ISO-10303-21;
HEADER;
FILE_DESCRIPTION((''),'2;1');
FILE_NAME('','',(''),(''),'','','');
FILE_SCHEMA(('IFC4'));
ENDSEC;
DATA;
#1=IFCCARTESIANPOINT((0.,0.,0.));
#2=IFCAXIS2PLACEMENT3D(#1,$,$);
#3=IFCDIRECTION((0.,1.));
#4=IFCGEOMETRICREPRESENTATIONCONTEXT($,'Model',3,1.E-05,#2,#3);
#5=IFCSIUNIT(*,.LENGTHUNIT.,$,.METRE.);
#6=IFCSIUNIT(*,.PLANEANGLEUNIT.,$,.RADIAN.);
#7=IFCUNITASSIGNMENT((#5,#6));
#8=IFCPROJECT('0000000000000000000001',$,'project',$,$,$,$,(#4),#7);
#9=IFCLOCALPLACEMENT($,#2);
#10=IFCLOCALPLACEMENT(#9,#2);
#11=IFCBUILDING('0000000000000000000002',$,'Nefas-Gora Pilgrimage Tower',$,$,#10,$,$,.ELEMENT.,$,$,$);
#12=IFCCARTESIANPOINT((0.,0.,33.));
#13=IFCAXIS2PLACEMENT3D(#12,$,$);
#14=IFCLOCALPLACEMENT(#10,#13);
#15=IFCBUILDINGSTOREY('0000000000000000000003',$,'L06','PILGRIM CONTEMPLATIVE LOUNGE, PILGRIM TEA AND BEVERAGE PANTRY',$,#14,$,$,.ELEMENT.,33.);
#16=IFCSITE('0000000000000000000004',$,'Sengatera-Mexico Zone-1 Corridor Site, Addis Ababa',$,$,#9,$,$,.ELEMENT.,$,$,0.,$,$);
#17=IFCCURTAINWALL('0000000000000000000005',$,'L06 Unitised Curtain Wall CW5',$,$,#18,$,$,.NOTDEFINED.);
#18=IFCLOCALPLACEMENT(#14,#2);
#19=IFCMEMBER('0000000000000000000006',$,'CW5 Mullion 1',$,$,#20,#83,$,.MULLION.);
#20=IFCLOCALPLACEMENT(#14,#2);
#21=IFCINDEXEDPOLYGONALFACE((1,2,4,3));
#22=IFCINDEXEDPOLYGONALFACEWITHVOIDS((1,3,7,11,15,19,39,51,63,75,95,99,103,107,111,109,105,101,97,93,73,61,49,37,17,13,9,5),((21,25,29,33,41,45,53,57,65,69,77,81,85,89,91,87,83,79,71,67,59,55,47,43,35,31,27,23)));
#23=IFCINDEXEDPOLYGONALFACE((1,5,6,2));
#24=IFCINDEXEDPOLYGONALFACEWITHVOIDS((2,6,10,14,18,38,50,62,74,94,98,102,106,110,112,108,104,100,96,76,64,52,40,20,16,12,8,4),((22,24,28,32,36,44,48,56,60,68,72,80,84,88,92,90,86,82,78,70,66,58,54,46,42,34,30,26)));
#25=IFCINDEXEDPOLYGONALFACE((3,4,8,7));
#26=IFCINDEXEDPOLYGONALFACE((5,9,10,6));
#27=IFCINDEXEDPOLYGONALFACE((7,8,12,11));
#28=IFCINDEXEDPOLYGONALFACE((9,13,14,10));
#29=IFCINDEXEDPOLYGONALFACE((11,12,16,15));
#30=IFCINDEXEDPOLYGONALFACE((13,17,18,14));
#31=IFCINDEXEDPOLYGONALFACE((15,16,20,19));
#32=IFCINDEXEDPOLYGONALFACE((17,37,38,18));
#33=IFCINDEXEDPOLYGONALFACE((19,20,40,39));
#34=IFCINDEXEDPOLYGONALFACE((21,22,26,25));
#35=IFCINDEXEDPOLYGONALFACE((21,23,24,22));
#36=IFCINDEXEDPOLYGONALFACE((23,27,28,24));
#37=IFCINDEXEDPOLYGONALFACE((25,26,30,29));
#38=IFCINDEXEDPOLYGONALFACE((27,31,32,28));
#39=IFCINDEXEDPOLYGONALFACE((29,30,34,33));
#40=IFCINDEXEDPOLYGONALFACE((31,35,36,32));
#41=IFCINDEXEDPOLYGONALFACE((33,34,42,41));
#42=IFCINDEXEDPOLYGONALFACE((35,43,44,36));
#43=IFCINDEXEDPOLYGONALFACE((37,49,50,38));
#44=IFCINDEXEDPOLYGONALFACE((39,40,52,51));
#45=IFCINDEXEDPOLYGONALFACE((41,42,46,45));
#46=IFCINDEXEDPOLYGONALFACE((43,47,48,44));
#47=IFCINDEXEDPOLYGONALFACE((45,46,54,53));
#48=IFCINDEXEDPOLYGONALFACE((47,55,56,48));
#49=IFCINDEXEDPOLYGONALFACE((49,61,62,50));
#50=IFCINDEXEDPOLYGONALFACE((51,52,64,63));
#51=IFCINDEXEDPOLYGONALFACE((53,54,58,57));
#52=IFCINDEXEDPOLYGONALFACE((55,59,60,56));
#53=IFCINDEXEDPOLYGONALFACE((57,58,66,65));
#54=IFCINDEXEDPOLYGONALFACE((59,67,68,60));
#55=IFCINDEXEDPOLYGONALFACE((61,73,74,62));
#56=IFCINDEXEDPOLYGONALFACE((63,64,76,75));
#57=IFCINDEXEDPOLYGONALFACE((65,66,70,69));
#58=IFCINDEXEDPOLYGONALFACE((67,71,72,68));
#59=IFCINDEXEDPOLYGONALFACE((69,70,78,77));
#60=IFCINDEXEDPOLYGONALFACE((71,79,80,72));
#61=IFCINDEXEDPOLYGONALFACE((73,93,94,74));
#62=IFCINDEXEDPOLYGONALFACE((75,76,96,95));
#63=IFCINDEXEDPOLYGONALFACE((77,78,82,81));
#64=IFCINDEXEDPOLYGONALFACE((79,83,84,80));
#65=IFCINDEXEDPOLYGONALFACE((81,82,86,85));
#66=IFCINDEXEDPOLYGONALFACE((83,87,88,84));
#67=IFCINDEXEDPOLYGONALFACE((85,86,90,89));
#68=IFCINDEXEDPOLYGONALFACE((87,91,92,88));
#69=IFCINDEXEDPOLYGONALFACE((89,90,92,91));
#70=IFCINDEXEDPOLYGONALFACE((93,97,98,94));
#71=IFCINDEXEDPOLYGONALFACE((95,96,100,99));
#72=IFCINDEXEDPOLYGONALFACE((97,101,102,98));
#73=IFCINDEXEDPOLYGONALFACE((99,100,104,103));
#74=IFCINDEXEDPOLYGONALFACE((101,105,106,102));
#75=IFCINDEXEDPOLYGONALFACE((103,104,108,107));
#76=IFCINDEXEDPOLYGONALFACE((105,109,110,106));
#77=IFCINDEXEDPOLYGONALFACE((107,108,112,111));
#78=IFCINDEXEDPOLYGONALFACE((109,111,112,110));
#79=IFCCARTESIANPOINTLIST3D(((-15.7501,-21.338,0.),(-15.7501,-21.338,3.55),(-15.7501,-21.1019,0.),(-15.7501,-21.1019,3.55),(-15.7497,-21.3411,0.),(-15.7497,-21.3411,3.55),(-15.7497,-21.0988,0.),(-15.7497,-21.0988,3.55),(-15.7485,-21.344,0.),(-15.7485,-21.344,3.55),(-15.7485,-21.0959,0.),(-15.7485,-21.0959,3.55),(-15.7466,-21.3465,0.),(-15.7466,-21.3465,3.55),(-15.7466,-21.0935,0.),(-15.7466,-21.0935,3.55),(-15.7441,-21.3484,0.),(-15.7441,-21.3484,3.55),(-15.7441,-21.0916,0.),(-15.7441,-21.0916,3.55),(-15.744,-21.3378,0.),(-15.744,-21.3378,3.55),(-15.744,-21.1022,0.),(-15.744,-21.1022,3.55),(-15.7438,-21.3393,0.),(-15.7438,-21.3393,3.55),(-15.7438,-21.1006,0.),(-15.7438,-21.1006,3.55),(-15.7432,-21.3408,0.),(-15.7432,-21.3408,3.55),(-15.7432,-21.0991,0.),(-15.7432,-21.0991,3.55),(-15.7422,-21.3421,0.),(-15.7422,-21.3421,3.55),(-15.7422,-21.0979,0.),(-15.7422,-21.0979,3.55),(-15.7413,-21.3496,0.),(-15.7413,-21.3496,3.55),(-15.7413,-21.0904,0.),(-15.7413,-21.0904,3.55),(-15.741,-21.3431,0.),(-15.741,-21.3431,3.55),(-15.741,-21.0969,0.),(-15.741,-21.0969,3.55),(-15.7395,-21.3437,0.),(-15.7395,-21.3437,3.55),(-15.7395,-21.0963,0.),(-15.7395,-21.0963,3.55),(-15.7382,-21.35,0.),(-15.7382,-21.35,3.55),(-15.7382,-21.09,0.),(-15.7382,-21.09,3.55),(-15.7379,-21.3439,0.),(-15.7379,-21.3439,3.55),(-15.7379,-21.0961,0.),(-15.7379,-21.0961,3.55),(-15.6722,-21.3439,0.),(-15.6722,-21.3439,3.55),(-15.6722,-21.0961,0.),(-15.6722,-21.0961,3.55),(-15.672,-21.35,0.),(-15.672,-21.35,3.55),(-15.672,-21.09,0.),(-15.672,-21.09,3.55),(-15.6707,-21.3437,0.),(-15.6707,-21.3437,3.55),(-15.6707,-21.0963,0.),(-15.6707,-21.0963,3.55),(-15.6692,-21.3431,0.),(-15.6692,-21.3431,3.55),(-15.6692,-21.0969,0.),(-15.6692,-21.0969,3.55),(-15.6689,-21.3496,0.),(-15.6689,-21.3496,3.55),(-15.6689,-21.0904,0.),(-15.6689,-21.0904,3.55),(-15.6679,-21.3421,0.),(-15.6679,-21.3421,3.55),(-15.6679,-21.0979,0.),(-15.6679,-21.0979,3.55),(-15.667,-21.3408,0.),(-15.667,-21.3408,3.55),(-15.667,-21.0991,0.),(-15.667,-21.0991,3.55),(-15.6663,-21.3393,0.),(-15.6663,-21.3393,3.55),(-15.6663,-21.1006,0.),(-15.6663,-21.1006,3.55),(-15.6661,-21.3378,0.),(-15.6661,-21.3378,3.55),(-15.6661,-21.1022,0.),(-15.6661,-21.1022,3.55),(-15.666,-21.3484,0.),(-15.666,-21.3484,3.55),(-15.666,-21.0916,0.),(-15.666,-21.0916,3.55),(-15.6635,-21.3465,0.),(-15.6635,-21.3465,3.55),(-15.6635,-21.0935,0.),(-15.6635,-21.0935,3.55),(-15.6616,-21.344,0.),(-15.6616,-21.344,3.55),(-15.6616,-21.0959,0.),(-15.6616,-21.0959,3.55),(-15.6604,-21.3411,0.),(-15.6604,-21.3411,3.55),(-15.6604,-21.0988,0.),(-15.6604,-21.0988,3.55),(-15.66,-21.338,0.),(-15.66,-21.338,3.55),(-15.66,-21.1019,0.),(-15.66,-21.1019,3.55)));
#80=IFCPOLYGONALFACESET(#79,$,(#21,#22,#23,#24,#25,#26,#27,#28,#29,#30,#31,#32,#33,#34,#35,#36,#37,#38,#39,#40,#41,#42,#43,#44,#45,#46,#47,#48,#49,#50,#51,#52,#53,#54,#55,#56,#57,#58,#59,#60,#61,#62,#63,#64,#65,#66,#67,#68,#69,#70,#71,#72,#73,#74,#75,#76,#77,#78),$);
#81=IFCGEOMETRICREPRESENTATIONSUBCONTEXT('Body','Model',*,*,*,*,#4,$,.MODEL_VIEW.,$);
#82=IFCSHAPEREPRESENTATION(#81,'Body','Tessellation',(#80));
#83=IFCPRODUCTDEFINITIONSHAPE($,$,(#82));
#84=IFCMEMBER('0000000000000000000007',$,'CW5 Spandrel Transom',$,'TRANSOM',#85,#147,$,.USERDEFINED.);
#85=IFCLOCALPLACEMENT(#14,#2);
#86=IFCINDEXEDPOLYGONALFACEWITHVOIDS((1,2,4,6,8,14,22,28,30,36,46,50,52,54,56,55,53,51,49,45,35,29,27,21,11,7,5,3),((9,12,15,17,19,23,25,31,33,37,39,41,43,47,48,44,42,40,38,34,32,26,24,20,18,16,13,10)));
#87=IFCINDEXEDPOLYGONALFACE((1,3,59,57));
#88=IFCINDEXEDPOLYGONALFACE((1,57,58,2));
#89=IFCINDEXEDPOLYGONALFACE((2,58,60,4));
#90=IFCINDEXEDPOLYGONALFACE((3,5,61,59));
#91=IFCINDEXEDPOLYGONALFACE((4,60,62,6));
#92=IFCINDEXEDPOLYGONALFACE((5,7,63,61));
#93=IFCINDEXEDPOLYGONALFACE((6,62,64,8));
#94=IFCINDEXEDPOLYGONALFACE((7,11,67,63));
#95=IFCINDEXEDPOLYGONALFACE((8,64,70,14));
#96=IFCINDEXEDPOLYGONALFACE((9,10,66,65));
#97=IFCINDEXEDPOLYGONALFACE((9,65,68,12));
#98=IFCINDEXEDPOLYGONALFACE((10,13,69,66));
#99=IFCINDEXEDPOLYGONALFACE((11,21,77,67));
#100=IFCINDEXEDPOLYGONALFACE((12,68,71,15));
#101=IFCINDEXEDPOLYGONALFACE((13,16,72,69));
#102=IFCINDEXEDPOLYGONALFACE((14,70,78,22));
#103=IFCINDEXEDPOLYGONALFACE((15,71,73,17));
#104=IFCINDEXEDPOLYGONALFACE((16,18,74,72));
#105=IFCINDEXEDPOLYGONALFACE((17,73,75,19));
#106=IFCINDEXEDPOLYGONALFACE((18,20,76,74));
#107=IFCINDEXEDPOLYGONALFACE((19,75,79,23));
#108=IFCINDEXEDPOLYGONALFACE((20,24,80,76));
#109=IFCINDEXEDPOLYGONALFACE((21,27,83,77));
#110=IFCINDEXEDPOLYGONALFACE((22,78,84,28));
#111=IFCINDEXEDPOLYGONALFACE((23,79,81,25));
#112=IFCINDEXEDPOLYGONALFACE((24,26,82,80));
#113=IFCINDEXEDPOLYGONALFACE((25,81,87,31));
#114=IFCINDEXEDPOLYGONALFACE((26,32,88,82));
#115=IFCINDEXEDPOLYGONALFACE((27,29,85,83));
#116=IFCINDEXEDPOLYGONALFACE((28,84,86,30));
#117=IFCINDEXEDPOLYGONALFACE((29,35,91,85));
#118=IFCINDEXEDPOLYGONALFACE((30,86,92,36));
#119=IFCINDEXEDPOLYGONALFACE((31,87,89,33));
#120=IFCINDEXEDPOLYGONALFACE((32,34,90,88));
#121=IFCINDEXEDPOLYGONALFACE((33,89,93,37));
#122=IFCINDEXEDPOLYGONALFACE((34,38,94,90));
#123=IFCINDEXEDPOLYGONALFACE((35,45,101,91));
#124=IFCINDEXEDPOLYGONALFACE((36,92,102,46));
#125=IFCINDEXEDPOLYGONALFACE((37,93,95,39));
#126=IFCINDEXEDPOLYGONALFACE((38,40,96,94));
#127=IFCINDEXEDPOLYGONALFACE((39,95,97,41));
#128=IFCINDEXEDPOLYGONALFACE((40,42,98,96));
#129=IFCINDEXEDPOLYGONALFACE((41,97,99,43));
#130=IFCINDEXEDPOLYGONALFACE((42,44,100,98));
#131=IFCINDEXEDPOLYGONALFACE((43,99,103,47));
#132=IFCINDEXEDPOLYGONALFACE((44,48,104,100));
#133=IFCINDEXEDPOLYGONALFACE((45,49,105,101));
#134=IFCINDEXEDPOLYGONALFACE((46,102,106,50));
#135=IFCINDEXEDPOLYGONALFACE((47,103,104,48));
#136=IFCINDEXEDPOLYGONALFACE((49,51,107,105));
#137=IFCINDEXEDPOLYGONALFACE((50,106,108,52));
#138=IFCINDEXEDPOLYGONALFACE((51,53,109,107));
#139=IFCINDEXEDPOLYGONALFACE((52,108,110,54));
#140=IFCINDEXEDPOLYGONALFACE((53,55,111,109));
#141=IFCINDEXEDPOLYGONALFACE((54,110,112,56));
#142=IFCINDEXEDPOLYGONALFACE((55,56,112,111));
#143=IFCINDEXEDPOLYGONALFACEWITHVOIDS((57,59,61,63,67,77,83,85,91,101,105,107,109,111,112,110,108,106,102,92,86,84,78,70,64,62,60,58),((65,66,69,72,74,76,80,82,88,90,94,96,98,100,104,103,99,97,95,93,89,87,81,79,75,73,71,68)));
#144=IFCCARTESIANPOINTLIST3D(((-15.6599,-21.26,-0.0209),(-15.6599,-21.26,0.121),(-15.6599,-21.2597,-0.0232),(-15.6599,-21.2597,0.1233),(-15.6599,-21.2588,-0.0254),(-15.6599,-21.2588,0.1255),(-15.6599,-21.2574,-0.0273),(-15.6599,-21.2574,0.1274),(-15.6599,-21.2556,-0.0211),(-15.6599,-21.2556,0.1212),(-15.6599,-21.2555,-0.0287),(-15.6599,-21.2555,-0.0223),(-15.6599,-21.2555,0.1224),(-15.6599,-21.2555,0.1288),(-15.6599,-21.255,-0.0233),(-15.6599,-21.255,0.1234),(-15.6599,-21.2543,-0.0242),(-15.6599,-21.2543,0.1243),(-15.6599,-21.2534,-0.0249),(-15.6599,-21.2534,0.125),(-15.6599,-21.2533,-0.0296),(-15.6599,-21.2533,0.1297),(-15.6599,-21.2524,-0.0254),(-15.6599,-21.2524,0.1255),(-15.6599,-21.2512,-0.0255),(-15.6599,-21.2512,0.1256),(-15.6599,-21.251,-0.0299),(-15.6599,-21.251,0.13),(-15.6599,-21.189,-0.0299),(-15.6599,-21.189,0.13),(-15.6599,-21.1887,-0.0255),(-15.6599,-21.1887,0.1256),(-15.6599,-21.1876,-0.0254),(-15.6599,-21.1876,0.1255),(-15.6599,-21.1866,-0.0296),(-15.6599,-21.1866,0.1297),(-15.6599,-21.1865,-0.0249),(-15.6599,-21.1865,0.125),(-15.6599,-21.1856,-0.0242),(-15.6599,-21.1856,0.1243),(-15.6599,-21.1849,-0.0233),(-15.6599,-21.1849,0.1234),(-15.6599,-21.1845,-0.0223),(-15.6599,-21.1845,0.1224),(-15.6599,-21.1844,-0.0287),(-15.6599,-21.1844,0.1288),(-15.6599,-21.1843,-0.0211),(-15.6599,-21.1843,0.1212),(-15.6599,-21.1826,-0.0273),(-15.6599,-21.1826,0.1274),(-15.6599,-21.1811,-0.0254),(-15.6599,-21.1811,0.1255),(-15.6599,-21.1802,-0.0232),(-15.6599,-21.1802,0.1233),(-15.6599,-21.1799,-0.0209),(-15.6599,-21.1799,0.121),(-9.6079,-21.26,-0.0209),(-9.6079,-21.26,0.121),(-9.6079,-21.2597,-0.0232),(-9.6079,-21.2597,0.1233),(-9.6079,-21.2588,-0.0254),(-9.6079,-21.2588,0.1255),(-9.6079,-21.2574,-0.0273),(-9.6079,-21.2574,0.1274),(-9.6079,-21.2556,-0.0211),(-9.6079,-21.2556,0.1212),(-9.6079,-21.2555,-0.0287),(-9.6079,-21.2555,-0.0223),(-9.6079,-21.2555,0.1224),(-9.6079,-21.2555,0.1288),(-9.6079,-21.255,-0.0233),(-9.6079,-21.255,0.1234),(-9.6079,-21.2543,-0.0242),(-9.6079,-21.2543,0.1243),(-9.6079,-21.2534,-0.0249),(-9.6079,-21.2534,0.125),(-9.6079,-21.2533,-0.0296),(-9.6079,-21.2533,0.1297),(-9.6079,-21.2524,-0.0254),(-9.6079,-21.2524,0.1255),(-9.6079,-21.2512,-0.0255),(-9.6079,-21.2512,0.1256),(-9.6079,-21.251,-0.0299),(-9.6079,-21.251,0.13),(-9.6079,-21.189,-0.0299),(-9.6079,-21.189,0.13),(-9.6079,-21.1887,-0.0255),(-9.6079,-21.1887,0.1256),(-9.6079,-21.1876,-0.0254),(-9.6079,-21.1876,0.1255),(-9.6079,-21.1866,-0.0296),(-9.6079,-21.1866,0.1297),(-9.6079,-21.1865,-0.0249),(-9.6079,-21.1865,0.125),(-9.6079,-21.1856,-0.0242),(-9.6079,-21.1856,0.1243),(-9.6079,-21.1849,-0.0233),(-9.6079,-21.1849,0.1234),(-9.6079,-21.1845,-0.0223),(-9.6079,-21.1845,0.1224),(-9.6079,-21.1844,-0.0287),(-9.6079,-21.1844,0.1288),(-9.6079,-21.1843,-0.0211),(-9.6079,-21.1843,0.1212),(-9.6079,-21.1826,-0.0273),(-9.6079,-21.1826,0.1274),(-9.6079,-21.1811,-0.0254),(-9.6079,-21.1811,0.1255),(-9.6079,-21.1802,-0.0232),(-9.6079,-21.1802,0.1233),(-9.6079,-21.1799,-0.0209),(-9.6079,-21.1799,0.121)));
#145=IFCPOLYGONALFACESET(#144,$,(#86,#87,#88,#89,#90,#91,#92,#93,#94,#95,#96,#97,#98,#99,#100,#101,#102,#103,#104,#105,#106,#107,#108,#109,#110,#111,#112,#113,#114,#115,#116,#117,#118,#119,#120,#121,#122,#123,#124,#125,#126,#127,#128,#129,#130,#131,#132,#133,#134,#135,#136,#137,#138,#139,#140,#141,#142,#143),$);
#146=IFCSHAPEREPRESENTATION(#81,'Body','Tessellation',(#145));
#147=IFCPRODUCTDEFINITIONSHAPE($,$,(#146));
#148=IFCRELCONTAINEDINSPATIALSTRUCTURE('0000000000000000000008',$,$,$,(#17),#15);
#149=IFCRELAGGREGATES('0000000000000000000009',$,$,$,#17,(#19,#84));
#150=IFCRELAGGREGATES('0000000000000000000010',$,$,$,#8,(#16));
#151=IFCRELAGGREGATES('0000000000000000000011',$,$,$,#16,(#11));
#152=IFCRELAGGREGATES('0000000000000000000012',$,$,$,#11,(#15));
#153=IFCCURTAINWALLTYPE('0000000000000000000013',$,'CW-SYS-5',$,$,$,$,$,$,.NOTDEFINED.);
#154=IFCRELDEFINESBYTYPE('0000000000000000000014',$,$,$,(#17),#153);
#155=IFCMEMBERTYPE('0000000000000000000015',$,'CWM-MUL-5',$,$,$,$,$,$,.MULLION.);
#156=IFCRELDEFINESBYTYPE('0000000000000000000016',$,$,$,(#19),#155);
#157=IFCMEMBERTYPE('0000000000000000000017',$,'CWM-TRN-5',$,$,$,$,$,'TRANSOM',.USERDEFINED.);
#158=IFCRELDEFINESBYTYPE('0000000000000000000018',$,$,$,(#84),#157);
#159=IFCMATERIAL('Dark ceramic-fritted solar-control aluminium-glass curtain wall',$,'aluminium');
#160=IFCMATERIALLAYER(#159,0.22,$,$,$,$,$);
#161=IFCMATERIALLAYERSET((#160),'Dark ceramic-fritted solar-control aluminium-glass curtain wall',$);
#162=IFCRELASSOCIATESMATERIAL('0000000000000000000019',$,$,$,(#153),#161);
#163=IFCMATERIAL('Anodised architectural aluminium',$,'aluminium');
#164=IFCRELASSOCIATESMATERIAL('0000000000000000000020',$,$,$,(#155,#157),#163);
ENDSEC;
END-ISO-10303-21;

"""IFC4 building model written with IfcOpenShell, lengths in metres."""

from ifc_helpers import new_model, si_unit, direction, frame, origin, origin_2d, place, context, subcontext, project, spatial, hollow_rectangle, extrude, source, transform, mapped, material, layer, layer_set, material_profile, profile_set, type_object, element, aggregate, save


model = new_model("IFC4")

# Units and contexts
model_context = context("Model", 3, precision=1e-05, world=origin(), true_north=direction((0.0, 1.0)))
body_context = subcontext(model_context, "Body", "Model", "MODEL_VIEW")
ifc_project = project(units=[si_unit("LENGTHUNIT", "METRE"), si_unit("PLANEANGLEUNIT", "RADIAN")], contexts=[model_context])

# Site, building, storey
site_placement = place(None, origin())
site = spatial("IfcSite", under=ifc_project, at=site_placement, Name="Sengatera-Mexico Zone-1 Corridor Site, Addis Ababa", CompositionType="ELEMENT", RefElevation=0.0)
building_placement = place(site_placement, origin())
building = spatial("IfcBuilding", under=site, at=building_placement, Name="Nefas-Gora Pilgrimage Tower", CompositionType="ELEMENT")
storey_placement = place(building_placement, frame((0.0, 0.0, 33.0)))
storey = spatial("IfcBuildingStorey", under=building, at=storey_placement, Name="L06", Description="PILGRIM CONTEMPLATIVE LOUNGE, PILGRIM TEA AND BEVERAGE PANTRY", CompositionType="ELEMENT", Elevation=33.0)

# Curtain wall, members
ifc_material_1 = material(Name="Dark ceramic-fritted solar-control aluminium-glass curtain wall", Category="aluminium")
ifc_layer_1 = layer(ifc_material_1, 0.22)
ifc_layer_set_1 = layer_set([ifc_layer_1], Name="Dark ceramic-fritted solar-control aluminium-glass curtain wall")
curtain_wall_type_1 = type_object("IfcCurtainWallType", Name="CW-SYS-5", PredefinedType="NOTDEFINED", material=ifc_layer_set_1)
curtain_wall_1_placement = place(storey_placement, origin())
curtain_wall_1 = element("IfcCurtainWall", 1, at=curtain_wall_1_placement, inside=storey, type_object=curtain_wall_type_1, Name="L06 Unitised Curtain Wall CW5", PredefinedType="NOTDEFINED")
ifc_material_2 = material(Name="Anodised architectural aluminium", Category="aluminium")
ifc_material_profile_1 = material_profile(ifc_material_2, hollow_rectangle(XDim=0.0901, YDim=0.26, WallThickness=0.0061, InnerFilletRadius=0.0061, OuterFilletRadius=0.012, at=origin_2d()), Name="ALU MULLION 90x260")
ifc_profile_set_1 = profile_set([ifc_material_profile_1], Name="Anodised architectural aluminium")
member_type_1 = type_object("IfcMemberType", Name="CWM-MUL-5", PredefinedType="MULLION", material=ifc_profile_set_1)
shared_shape_1 = source(origin(), body_context, "Body", "SweptSolid", [
    extrude(hollow_rectangle(XDim=0.0901, YDim=0.26, WallThickness=0.0061, InnerFilletRadius=0.0061, OuterFilletRadius=0.012, at=origin_2d()), origin(), (0.0, 0.0, 1.0), 3.55),
])
member_1_placement = place(storey_placement, frame((-15.7051, -21.22, 0.0), z_axis=(0.0, 0.0, 1.0), x_axis=(1.0, 0.0, 0.0)))
member_1 = element("IfcMember", 2, at=member_1_placement, type_object=member_type_1, Name="CW5 Mullion 1", PredefinedType="MULLION", context=body_context, shape_type="MappedRepresentation", body=[
    mapped(shared_shape_1, transform((0.0, 0.0, 0.0), x_axis=(1.0, 0.0, 0.0), y_axis=(0.0, 1.0, 0.0), z_axis=(0.0, 0.0, 1.0), scale=1.0)),
])
ifc_material_profile_2 = material_profile(ifc_material_2, hollow_rectangle(XDim=0.0801, YDim=0.1599, WallThickness=0.0044, InnerFilletRadius=0.0044, OuterFilletRadius=0.009, at=origin_2d()), Name="ALU TRANSOM 80x160")
ifc_profile_set_2 = profile_set([ifc_material_profile_2], Name="Anodised architectural aluminium")
member_type_2 = type_object("IfcMemberType", Name="CWM-TRN-5", ElementType="TRANSOM", PredefinedType="USERDEFINED", material=ifc_profile_set_2)
shared_shape_2 = source(origin(), body_context, "Body", "SweptSolid", [
    extrude(hollow_rectangle(XDim=0.0801, YDim=0.1599, WallThickness=0.0044, InnerFilletRadius=0.0044, OuterFilletRadius=0.009, at=origin_2d()), origin(), (0.0, 0.0, 1.0), 6.052),
])
member_2_placement = place(storey_placement, frame((-15.6599, -21.22, 0.05), z_axis=(1.0, 0.0, 0.0), x_axis=(0.0, 1.0, 0.0)))
member_2 = element("IfcMember", 3, at=member_2_placement, type_object=member_type_2, Name="CW5 Spandrel Transom", ObjectType="TRANSOM", PredefinedType="USERDEFINED", context=body_context, shape_type="MappedRepresentation", body=[
    mapped(shared_shape_2, transform((0.0, 0.0, 0.0), x_axis=(1.0, 0.0, 0.0), y_axis=(0.0, 1.0, 0.0), z_axis=(0.0, 0.0, 1.0), scale=1.0)),
])
aggregate(curtain_wall_1, [member_1, member_2])

save(model, "model.ifc")
